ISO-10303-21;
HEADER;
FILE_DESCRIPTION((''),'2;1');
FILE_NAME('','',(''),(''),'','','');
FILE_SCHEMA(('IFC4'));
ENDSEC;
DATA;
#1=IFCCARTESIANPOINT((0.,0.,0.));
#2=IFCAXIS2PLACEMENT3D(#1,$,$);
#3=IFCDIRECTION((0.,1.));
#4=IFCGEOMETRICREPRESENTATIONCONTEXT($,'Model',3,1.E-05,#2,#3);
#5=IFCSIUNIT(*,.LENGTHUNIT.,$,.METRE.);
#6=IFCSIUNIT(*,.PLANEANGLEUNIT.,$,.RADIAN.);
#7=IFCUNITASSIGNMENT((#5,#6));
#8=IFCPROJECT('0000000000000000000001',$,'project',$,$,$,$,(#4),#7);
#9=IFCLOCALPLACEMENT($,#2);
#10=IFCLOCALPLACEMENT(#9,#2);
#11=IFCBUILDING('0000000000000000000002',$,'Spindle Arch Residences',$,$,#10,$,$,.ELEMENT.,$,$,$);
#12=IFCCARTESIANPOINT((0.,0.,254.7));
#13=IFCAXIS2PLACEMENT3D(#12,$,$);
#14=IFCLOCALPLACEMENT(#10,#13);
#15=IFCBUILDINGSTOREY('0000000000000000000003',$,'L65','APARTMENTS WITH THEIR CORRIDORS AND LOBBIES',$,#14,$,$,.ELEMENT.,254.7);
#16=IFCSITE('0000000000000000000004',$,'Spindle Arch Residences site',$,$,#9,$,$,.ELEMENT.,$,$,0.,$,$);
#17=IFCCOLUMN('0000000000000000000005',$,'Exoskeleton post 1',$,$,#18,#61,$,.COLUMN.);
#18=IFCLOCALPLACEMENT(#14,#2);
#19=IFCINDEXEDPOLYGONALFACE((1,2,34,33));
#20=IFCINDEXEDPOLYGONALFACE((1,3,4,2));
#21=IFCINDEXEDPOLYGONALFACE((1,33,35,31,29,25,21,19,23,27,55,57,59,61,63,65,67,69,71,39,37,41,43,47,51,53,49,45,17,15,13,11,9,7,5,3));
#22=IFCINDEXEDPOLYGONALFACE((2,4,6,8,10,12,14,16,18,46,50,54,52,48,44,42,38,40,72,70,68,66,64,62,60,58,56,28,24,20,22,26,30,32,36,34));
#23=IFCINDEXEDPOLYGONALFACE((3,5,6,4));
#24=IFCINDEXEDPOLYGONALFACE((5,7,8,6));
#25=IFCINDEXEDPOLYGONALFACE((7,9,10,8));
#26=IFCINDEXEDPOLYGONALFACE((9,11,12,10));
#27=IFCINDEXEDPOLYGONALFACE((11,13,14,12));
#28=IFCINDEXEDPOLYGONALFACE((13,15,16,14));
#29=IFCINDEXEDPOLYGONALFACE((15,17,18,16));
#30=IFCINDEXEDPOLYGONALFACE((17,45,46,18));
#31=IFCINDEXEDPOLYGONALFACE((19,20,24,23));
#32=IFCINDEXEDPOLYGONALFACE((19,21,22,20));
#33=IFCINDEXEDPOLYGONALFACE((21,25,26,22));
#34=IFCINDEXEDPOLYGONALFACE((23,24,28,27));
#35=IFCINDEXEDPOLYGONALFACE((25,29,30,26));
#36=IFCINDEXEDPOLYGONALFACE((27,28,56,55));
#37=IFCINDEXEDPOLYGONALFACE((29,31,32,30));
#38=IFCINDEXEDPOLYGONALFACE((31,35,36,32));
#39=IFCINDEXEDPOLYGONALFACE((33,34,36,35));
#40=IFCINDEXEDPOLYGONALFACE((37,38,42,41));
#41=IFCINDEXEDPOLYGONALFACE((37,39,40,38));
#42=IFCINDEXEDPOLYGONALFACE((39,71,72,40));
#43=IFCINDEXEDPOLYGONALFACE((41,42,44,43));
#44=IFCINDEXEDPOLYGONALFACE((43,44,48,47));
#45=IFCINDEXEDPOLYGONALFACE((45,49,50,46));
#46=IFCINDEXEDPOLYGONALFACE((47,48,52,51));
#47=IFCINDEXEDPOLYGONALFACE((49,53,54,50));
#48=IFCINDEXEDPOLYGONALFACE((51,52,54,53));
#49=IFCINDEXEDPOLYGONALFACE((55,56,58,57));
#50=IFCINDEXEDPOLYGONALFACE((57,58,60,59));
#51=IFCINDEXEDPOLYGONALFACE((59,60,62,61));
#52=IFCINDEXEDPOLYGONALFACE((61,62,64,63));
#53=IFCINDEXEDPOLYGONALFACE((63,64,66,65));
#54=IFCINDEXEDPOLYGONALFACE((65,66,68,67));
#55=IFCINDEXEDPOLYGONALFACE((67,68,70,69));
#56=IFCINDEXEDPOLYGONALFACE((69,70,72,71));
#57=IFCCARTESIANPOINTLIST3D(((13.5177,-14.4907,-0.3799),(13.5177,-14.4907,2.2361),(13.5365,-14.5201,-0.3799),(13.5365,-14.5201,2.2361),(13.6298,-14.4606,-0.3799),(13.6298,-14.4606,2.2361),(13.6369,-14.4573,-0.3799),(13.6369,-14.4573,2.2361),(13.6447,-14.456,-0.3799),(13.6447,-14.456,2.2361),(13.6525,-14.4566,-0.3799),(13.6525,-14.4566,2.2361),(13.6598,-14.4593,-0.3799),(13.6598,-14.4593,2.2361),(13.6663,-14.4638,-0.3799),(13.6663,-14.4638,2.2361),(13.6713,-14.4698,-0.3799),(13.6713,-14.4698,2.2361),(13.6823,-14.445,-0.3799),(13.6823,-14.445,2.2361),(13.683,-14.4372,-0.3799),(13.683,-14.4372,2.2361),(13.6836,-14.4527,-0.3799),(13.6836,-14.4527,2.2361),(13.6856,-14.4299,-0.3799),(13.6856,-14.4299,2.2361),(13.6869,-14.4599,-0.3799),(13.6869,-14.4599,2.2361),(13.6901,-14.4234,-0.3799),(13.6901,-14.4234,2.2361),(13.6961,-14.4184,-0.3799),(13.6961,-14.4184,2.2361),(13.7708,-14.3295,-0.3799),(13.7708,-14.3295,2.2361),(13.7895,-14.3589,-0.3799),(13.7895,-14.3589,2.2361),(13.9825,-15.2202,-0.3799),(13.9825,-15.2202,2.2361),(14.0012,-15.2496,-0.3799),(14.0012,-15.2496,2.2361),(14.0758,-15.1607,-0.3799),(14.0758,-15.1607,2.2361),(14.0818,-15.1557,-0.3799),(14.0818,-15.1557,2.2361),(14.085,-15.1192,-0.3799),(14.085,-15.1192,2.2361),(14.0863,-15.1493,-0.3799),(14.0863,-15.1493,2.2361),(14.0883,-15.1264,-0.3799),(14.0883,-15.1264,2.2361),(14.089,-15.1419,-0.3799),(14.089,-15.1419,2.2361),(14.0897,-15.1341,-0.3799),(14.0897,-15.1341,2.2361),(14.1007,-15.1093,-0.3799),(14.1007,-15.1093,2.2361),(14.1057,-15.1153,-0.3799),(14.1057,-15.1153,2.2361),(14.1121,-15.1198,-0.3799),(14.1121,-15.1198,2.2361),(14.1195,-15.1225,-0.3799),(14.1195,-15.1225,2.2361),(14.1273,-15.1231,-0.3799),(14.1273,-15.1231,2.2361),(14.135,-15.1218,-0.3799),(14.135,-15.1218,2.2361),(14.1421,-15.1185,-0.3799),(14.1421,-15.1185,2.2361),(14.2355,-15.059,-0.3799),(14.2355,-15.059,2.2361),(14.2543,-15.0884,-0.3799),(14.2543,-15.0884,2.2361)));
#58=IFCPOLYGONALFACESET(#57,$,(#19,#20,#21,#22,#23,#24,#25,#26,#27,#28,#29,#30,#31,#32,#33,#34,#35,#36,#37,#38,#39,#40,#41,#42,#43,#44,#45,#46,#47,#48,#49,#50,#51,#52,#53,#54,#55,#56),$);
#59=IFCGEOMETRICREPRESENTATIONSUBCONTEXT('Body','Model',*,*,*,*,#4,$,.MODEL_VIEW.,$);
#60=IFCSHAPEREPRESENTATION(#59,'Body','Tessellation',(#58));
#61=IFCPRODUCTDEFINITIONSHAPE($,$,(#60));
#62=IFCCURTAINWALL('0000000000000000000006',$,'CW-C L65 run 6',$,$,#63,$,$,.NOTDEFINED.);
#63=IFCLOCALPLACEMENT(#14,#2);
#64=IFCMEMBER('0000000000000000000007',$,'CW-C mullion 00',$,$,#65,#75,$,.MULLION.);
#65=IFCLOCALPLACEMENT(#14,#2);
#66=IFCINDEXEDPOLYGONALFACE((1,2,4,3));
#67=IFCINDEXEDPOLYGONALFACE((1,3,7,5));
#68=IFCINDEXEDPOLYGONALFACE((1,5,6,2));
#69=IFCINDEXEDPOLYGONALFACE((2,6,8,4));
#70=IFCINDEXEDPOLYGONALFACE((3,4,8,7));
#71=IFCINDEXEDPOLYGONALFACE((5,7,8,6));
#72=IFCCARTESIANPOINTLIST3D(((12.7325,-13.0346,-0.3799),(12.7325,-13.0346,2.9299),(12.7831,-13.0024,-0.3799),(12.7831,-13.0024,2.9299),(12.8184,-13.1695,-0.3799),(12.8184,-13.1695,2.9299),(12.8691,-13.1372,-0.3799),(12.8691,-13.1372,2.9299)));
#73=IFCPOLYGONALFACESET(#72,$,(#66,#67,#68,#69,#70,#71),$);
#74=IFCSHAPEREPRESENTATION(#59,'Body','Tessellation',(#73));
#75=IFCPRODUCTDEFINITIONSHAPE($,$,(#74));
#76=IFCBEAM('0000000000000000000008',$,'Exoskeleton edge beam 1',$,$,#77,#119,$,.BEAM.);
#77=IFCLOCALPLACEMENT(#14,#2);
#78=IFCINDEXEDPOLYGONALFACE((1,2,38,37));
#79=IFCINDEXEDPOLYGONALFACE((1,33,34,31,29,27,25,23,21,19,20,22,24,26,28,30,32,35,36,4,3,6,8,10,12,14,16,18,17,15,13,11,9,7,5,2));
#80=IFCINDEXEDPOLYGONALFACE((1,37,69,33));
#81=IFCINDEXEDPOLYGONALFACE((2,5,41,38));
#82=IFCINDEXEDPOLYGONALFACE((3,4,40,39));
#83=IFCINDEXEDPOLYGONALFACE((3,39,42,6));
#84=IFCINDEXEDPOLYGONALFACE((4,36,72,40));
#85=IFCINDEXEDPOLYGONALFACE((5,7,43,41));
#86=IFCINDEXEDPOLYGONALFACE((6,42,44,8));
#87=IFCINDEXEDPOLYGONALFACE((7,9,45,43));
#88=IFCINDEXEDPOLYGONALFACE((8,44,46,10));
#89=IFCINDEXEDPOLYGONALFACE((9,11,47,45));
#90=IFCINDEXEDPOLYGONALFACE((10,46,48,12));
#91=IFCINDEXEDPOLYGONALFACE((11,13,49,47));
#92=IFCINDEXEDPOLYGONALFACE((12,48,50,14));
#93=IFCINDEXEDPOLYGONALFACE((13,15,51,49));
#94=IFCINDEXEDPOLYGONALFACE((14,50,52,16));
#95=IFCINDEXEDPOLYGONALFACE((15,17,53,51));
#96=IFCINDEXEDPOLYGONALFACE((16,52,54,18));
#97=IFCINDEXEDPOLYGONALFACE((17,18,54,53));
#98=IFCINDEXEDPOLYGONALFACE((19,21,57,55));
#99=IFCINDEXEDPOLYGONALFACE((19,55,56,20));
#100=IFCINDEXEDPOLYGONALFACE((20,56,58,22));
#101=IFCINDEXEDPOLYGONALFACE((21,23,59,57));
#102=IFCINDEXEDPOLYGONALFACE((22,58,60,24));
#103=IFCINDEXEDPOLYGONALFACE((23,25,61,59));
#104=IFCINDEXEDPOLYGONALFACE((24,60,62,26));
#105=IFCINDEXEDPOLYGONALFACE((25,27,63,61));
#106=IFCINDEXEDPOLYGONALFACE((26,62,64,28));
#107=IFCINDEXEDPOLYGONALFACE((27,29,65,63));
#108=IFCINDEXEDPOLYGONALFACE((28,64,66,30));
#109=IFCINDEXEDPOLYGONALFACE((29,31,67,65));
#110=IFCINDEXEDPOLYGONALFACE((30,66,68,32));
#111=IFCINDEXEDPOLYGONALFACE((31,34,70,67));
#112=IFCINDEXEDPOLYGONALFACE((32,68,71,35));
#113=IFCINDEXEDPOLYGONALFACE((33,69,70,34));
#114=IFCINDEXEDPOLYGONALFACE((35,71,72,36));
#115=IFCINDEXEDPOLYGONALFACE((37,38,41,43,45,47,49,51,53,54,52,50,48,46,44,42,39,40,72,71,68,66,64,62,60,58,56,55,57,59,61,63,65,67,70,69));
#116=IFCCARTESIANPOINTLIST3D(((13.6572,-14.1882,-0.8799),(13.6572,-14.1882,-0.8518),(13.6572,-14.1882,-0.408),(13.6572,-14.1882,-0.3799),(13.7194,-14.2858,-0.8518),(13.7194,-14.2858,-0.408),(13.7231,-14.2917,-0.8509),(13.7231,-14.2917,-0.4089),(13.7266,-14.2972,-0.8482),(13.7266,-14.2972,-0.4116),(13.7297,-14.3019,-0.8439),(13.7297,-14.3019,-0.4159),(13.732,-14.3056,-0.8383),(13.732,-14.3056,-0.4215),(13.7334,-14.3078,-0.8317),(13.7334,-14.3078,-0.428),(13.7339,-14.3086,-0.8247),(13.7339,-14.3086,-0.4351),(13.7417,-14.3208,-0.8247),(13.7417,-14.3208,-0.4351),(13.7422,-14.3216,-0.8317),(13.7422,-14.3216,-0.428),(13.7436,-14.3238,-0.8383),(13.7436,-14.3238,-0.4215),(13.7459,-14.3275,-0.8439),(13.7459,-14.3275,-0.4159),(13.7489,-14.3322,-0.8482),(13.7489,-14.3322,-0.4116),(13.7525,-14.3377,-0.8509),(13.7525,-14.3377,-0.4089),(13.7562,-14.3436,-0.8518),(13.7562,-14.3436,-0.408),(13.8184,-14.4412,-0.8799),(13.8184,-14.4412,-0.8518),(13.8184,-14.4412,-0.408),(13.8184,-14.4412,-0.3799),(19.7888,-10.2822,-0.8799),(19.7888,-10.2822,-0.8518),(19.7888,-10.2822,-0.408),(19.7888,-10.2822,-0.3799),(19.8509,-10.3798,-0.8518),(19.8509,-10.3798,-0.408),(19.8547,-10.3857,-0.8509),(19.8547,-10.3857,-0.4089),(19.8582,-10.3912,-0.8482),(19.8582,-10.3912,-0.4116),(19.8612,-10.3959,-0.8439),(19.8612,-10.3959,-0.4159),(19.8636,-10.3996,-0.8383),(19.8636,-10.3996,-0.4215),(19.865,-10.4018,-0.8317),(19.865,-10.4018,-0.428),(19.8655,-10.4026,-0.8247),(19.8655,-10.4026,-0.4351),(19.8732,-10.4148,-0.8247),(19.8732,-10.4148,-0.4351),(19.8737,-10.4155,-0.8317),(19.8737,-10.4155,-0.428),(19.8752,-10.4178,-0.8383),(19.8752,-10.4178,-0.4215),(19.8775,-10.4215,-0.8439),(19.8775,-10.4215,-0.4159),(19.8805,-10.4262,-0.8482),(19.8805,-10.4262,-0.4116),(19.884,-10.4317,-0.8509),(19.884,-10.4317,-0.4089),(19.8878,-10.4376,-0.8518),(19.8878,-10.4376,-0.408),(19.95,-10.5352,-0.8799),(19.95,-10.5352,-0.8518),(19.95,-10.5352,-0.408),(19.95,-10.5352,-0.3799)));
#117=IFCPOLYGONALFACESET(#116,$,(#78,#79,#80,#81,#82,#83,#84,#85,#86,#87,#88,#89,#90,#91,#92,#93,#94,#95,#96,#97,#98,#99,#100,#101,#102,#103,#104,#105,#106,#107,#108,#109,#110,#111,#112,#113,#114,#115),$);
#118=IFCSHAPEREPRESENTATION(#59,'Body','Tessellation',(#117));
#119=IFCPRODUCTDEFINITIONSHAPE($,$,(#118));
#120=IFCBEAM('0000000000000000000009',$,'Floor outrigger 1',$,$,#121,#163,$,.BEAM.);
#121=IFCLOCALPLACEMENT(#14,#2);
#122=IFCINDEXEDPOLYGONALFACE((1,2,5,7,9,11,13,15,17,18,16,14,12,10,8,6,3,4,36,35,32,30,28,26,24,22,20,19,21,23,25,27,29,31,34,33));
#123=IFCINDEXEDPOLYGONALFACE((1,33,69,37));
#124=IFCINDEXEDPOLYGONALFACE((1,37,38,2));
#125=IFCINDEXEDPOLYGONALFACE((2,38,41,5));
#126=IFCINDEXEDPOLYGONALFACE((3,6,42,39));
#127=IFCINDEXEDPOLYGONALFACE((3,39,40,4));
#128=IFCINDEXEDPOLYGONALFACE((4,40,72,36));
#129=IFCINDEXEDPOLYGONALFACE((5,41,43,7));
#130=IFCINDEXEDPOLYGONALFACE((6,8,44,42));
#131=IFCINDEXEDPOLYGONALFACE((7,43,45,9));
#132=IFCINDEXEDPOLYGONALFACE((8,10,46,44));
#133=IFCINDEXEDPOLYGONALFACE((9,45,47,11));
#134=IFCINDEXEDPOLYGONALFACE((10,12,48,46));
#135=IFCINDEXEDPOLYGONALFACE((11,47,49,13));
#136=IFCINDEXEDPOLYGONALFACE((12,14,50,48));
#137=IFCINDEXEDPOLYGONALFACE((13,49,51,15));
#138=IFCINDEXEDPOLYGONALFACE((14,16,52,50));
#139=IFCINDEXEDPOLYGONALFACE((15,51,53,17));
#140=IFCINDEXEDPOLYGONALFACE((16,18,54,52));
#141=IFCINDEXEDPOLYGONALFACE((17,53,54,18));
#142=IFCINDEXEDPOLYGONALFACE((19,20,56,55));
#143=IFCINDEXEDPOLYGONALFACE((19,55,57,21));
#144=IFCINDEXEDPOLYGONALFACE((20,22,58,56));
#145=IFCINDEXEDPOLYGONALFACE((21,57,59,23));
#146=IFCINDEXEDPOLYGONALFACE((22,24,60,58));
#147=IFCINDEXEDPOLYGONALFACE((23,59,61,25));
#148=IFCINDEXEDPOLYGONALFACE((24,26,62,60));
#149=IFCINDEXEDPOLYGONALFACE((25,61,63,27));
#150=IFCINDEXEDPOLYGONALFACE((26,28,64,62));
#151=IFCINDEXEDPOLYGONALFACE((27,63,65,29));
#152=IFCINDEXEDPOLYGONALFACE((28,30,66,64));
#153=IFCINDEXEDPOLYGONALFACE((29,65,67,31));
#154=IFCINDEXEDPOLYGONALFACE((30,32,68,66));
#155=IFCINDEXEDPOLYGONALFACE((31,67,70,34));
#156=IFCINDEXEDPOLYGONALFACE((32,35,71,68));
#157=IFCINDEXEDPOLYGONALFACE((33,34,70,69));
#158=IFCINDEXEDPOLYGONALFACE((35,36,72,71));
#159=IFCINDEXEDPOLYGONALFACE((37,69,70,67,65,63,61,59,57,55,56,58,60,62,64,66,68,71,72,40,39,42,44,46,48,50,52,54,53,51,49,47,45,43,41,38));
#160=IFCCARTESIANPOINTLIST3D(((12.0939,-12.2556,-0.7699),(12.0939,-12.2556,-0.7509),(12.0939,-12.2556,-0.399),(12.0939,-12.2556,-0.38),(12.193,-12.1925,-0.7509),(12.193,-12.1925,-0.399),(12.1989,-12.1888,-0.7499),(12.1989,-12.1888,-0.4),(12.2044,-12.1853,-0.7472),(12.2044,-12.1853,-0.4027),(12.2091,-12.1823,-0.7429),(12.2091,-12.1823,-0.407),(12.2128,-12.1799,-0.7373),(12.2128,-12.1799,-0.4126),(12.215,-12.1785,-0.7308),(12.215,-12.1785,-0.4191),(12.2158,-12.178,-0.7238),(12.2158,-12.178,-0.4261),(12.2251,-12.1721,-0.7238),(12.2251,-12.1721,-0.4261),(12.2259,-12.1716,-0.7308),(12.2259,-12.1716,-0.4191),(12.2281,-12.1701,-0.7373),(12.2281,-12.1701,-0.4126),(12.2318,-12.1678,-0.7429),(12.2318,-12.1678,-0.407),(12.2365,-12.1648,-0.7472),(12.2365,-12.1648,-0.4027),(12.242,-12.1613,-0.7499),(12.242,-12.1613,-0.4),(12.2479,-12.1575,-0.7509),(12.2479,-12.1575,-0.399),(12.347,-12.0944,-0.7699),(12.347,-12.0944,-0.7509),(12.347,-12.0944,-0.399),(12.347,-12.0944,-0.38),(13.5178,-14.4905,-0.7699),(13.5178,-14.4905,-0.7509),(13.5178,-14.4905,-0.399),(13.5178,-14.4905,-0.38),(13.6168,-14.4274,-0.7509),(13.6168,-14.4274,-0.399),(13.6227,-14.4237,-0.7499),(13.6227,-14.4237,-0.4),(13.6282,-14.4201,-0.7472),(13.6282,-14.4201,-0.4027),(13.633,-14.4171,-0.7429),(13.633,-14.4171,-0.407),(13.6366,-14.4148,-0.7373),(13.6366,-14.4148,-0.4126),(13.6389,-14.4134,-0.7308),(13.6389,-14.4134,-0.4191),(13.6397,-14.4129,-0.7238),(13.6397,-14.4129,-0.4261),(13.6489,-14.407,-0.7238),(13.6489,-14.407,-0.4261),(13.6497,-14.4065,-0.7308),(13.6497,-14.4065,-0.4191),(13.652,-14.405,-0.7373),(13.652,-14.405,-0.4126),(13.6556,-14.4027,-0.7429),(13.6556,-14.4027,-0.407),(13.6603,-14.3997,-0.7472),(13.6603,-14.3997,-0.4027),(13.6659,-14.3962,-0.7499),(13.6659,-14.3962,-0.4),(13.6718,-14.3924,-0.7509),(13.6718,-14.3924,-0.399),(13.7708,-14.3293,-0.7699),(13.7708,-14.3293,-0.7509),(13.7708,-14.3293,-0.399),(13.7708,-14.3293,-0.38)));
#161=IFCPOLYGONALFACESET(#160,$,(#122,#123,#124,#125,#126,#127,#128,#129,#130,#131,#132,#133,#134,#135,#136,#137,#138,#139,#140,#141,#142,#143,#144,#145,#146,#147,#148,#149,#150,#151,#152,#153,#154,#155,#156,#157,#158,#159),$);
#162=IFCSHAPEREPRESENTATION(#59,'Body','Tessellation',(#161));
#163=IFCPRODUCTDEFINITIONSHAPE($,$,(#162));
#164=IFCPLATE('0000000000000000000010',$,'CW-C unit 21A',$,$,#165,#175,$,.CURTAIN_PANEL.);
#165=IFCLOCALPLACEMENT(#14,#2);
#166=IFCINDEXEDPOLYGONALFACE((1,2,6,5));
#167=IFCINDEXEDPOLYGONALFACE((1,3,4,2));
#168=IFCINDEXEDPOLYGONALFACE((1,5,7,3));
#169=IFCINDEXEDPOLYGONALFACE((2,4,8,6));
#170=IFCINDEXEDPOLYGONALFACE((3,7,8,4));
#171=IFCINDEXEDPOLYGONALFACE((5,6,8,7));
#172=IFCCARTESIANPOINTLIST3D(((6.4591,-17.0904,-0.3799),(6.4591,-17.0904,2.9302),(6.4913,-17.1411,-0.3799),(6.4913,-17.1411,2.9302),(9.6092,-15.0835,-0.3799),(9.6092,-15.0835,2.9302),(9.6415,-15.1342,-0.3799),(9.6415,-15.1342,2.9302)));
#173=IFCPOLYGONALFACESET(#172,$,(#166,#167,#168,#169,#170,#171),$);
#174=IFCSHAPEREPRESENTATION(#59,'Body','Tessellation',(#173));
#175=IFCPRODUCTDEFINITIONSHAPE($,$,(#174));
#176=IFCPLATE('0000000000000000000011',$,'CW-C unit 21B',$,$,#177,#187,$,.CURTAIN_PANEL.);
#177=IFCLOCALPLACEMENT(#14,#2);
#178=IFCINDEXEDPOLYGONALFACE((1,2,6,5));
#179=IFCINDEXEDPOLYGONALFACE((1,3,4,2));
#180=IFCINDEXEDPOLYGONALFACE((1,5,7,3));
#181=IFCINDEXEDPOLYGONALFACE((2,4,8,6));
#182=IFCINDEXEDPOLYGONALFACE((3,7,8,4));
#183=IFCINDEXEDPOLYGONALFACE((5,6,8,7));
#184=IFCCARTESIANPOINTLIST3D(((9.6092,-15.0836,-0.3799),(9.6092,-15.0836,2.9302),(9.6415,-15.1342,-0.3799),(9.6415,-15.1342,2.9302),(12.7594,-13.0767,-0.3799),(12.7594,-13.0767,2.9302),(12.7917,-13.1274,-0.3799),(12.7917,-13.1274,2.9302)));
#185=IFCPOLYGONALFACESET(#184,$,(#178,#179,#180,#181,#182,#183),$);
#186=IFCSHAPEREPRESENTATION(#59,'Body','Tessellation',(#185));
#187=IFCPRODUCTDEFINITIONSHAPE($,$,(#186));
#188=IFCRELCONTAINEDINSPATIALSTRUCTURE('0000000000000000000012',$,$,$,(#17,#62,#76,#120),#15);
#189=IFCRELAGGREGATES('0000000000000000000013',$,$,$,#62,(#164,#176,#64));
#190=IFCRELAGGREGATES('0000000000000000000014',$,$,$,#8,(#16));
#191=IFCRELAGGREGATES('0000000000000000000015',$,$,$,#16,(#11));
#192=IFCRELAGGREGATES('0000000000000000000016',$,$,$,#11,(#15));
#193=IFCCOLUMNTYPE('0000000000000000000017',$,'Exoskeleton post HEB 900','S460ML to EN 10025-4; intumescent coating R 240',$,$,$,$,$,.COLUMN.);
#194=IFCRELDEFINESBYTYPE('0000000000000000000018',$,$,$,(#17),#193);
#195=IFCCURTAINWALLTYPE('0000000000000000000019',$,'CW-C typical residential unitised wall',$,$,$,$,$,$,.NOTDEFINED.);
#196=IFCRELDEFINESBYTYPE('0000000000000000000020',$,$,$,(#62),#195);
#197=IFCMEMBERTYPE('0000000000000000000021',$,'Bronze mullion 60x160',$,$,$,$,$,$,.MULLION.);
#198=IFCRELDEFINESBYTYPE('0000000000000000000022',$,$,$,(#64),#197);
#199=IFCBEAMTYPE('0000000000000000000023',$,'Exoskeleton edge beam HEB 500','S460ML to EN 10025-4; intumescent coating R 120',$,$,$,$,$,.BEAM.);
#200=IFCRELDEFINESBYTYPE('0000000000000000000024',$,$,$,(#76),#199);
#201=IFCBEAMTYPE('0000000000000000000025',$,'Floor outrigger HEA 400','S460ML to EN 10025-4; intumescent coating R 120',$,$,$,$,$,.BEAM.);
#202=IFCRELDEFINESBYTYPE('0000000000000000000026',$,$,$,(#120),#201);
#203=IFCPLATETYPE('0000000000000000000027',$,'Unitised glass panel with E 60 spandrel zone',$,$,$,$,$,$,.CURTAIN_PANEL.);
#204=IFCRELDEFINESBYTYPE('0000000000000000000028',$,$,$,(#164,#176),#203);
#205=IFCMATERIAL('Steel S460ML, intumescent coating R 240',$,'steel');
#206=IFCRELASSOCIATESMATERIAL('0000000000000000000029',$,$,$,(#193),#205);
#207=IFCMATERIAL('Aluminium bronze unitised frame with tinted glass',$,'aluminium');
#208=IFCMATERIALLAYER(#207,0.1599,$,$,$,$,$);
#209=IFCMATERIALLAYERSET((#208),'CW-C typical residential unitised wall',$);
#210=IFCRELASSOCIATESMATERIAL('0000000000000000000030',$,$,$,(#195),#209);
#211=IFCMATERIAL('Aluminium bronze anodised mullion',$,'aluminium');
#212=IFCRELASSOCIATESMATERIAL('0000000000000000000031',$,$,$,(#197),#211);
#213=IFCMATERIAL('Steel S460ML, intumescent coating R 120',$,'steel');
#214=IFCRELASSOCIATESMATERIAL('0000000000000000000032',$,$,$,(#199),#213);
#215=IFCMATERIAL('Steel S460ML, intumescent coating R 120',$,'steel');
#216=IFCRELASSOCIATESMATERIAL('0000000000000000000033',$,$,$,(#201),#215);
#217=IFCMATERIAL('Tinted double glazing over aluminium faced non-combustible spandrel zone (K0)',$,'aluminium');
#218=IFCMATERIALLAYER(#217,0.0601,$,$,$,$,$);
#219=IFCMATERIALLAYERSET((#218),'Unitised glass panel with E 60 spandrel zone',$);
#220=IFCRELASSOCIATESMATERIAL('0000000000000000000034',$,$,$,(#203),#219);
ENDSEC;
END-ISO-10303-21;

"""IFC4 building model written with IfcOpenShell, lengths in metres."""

from ifc_helpers import new_model, si_unit, direction, frame, origin, origin_2d, place, context, subcontext, project, spatial, rectangle, i_section, extrude, material, layer, layer_set, material_profile, profile_set, type_object, element, aggregate, save


model = new_model("IFC4")

# Units and contexts
model_context = context("Model", 3, precision=1e-05, world=origin(), true_north=direction((0.0, 1.0)))
body_context = subcontext(model_context, "Body", "Model", "MODEL_VIEW")
ifc_project = project(units=[si_unit("LENGTHUNIT", "METRE"), si_unit("PLANEANGLEUNIT", "RADIAN")], contexts=[model_context])

# Site, building, storey
site_placement = place(None, origin())
site = spatial("IfcSite", under=ifc_project, at=site_placement, Name="Spindle Arch Residences site", CompositionType="ELEMENT", RefElevation=0.0)
building_placement = place(site_placement, origin())
building = spatial("IfcBuilding", under=site, at=building_placement, Name="Spindle Arch Residences", CompositionType="ELEMENT")
storey_placement = place(building_placement, frame((0.0, 0.0, 254.7)))
storey = spatial("IfcBuildingStorey", under=building, at=storey_placement, Name="L65", Description="APARTMENTS WITH THEIR CORRIDORS AND LOBBIES", CompositionType="ELEMENT", Elevation=254.7)

# Column
ifc_material_1 = material(Name="Steel S460ML, intumescent coating R 240", Category="steel")
ifc_material_profile_1 = material_profile(ifc_material_1, i_section(OverallWidth=0.3, OverallDepth=0.8999, WebThickness=0.0186, FlangeThickness=0.0349, FilletRadius=0.03, at=origin_2d()), Name="HEB 900")
ifc_profile_set_1 = profile_set([ifc_material_profile_1], Name="Steel S460ML, intumescent coating R 240")
column_type = type_object("IfcColumnType", Name="Exoskeleton post HEB 900", Description="S460ML to EN 10025-4; intumescent coating R 240", PredefinedType="COLUMN", material=ifc_profile_set_1)
column_placement = place(storey_placement, frame((13.886, -14.7896, -0.3799), z_axis=(0.0, 0.0, 1.0), x_axis=(-0.843391, -0.5373, 0.0)))
element("IfcColumn", 1, at=column_placement, inside=storey, type_object=column_type, Name="Exoskeleton post 1", PredefinedType="COLUMN", context=body_context, shape_type="SweptSolid", body=[
    extrude(i_section(OverallWidth=0.3, OverallDepth=0.8999, WebThickness=0.0186, FlangeThickness=0.0349, FilletRadius=0.03, at=origin_2d()), origin(), (0.0, 0.0, 1.0), 2.616),
])

# Curtain wall, member
ifc_material_2 = material(Name="Aluminium bronze unitised frame with tinted glass", Category="aluminium")
ifc_layer_1 = layer(ifc_material_2, 0.1599)
ifc_layer_set_1 = layer_set([ifc_layer_1], Name="CW-C typical residential unitised wall")
curtain_wall_type = type_object("IfcCurtainWallType", Name="CW-C typical residential unitised wall", PredefinedType="NOTDEFINED", material=ifc_layer_set_1)
curtain_wall_placement = place(storey_placement, origin())
curtain_wall = element("IfcCurtainWall", 2, at=curtain_wall_placement, inside=storey, type_object=curtain_wall_type, Name="CW-C L65 run 6", PredefinedType="NOTDEFINED")
ifc_material_3 = material(Name="Aluminium bronze anodised mullion", Category="aluminium")
ifc_material_profile_2 = material_profile(ifc_material_3, rectangle(XDim=0.1599, YDim=0.0601, at=origin_2d()), Name="MU 60x160")
ifc_profile_set_2 = profile_set([ifc_material_profile_2], Name="Aluminium bronze anodised mullion")
member_type = type_object("IfcMemberType", Name="Bronze mullion 60x160", PredefinedType="MULLION", material=ifc_profile_set_2)
member_placement = place(storey_placement, frame((12.8008, -13.0859, -0.3799), z_axis=(0.0, 0.0, 1.0), x_axis=(-0.5373, 0.843391, 0.0)))
member = element("IfcMember", 3, at=member_placement, type_object=member_type, Name="CW-C mullion 00", PredefinedType="MULLION", context=body_context, shape_type="SweptSolid", body=[
    extrude(rectangle(XDim=0.1599, YDim=0.0601, at=origin_2d()), origin(), (0.0, 0.0, 1.0), 3.3098),
])

# Beams
ifc_material_4 = material(Name="Steel S460ML, intumescent coating R 120", Category="steel")
ifc_material_profile_3 = material_profile(ifc_material_4, i_section(OverallWidth=0.3, OverallDepth=0.5, WebThickness=0.0144, FlangeThickness=0.0281, FilletRadius=0.0271, at=origin_2d()), Name="HEB 500")
ifc_profile_set_3 = profile_set([ifc_material_profile_3], Name="Steel S460ML, intumescent coating R 120")
beam_type_1 = type_object("IfcBeamType", Name="Exoskeleton edge beam HEB 500", Description="S460ML to EN 10025-4; intumescent coating R 120", PredefinedType="BEAM", material=ifc_profile_set_3)
beam_1_placement = place(storey_placement, frame((13.7378, -14.3147, -0.6299), z_axis=(0.843407, 0.537275, 0.0), x_axis=(-0.537275, 0.843407, 0.0)))
element("IfcBeam", 4, at=beam_1_placement, inside=storey, type_object=beam_type_1, Name="Exoskeleton edge beam 1", PredefinedType="BEAM", context=body_context, shape_type="SweptSolid", body=[
    extrude(i_section(OverallWidth=0.3, OverallDepth=0.5, WebThickness=0.0144, FlangeThickness=0.0281, FilletRadius=0.0271, at=origin_2d()), origin(), (0.0, 0.0, 1.0), 7.27),
])
ifc_material_5 = material(Name="Steel S460ML, intumescent coating R 120", Category="steel")
ifc_material_profile_4 = material_profile(ifc_material_5, i_section(OverallWidth=0.3, OverallDepth=0.3899, WebThickness=0.011, FlangeThickness=0.019, FilletRadius=0.0271, at=origin_2d()), Name="HEA 400")
ifc_profile_set_4 = profile_set([ifc_material_profile_4], Name="Steel S460ML, intumescent coating R 120")
beam_type_2 = type_object("IfcBeamType", Name="Floor outrigger HEA 400", Description="S460ML to EN 10025-4; intumescent coating R 120", PredefinedType="BEAM", material=ifc_profile_set_4)
beam_2_placement = place(storey_placement, frame((13.6443, -14.4099, -0.575), z_axis=(-0.537317, 0.843381, 0.0), x_axis=(-0.843381, -0.537317, 0.0)))
element("IfcBeam", 5, at=beam_2_placement, inside=storey, type_object=beam_type_2, Name="Floor outrigger 1", PredefinedType="BEAM", context=body_context, shape_type="SweptSolid", body=[
    extrude(i_section(OverallWidth=0.3, OverallDepth=0.3899, WebThickness=0.011, FlangeThickness=0.019, FilletRadius=0.0271, at=origin_2d()), origin(), (0.0, 0.0, 1.0), 2.6499),
])

# Plates
ifc_material_6 = material(Name="Tinted double glazing over aluminium faced non-combustible spandrel zone (K0)", Category="aluminium")
ifc_layer_2 = layer(ifc_material_6, 0.0601)
ifc_layer_set_2 = layer_set([ifc_layer_2], Name="Unitised glass panel with E 60 spandrel zone")
plate_type = type_object("IfcPlateType", Name="Unitised glass panel with E 60 spandrel zone", PredefinedType="CURTAIN_PANEL", material=ifc_layer_set_2)
plate_1_placement = place(storey_placement, frame((8.0503, -16.1123, -0.3799), z_axis=(0.0, 0.0, 1.0), x_axis=(0.843391, 0.5373, 0.0)))
plate_1 = element("IfcPlate", 6, at=plate_1_placement, type_object=plate_type, Name="CW-C unit 21A", PredefinedType="CURTAIN_PANEL", context=body_context, shape_type="SweptSolid", body=[
    extrude(rectangle(XDim=3.7351, YDim=0.0601, at=origin_2d()), origin(), (0.0, 0.0, 1.0), 3.3101),
])
plate_2_placement = place(storey_placement, frame((11.2004, -14.1055, -0.3799), z_axis=(0.0, 0.0, 1.0), x_axis=(0.843391, 0.5373, 0.0)))
plate_2 = element("IfcPlate", 7, at=plate_2_placement, type_object=plate_type, Name="CW-C unit 21B", PredefinedType="CURTAIN_PANEL", context=body_context, shape_type="SweptSolid", body=[
    extrude(rectangle(XDim=3.7351, YDim=0.0601, at=origin_2d()), origin(), (0.0, 0.0, 1.0), 3.3101),
])
aggregate(curtain_wall, [plate_1, plate_2, member])

save(model, "model.ifc")
